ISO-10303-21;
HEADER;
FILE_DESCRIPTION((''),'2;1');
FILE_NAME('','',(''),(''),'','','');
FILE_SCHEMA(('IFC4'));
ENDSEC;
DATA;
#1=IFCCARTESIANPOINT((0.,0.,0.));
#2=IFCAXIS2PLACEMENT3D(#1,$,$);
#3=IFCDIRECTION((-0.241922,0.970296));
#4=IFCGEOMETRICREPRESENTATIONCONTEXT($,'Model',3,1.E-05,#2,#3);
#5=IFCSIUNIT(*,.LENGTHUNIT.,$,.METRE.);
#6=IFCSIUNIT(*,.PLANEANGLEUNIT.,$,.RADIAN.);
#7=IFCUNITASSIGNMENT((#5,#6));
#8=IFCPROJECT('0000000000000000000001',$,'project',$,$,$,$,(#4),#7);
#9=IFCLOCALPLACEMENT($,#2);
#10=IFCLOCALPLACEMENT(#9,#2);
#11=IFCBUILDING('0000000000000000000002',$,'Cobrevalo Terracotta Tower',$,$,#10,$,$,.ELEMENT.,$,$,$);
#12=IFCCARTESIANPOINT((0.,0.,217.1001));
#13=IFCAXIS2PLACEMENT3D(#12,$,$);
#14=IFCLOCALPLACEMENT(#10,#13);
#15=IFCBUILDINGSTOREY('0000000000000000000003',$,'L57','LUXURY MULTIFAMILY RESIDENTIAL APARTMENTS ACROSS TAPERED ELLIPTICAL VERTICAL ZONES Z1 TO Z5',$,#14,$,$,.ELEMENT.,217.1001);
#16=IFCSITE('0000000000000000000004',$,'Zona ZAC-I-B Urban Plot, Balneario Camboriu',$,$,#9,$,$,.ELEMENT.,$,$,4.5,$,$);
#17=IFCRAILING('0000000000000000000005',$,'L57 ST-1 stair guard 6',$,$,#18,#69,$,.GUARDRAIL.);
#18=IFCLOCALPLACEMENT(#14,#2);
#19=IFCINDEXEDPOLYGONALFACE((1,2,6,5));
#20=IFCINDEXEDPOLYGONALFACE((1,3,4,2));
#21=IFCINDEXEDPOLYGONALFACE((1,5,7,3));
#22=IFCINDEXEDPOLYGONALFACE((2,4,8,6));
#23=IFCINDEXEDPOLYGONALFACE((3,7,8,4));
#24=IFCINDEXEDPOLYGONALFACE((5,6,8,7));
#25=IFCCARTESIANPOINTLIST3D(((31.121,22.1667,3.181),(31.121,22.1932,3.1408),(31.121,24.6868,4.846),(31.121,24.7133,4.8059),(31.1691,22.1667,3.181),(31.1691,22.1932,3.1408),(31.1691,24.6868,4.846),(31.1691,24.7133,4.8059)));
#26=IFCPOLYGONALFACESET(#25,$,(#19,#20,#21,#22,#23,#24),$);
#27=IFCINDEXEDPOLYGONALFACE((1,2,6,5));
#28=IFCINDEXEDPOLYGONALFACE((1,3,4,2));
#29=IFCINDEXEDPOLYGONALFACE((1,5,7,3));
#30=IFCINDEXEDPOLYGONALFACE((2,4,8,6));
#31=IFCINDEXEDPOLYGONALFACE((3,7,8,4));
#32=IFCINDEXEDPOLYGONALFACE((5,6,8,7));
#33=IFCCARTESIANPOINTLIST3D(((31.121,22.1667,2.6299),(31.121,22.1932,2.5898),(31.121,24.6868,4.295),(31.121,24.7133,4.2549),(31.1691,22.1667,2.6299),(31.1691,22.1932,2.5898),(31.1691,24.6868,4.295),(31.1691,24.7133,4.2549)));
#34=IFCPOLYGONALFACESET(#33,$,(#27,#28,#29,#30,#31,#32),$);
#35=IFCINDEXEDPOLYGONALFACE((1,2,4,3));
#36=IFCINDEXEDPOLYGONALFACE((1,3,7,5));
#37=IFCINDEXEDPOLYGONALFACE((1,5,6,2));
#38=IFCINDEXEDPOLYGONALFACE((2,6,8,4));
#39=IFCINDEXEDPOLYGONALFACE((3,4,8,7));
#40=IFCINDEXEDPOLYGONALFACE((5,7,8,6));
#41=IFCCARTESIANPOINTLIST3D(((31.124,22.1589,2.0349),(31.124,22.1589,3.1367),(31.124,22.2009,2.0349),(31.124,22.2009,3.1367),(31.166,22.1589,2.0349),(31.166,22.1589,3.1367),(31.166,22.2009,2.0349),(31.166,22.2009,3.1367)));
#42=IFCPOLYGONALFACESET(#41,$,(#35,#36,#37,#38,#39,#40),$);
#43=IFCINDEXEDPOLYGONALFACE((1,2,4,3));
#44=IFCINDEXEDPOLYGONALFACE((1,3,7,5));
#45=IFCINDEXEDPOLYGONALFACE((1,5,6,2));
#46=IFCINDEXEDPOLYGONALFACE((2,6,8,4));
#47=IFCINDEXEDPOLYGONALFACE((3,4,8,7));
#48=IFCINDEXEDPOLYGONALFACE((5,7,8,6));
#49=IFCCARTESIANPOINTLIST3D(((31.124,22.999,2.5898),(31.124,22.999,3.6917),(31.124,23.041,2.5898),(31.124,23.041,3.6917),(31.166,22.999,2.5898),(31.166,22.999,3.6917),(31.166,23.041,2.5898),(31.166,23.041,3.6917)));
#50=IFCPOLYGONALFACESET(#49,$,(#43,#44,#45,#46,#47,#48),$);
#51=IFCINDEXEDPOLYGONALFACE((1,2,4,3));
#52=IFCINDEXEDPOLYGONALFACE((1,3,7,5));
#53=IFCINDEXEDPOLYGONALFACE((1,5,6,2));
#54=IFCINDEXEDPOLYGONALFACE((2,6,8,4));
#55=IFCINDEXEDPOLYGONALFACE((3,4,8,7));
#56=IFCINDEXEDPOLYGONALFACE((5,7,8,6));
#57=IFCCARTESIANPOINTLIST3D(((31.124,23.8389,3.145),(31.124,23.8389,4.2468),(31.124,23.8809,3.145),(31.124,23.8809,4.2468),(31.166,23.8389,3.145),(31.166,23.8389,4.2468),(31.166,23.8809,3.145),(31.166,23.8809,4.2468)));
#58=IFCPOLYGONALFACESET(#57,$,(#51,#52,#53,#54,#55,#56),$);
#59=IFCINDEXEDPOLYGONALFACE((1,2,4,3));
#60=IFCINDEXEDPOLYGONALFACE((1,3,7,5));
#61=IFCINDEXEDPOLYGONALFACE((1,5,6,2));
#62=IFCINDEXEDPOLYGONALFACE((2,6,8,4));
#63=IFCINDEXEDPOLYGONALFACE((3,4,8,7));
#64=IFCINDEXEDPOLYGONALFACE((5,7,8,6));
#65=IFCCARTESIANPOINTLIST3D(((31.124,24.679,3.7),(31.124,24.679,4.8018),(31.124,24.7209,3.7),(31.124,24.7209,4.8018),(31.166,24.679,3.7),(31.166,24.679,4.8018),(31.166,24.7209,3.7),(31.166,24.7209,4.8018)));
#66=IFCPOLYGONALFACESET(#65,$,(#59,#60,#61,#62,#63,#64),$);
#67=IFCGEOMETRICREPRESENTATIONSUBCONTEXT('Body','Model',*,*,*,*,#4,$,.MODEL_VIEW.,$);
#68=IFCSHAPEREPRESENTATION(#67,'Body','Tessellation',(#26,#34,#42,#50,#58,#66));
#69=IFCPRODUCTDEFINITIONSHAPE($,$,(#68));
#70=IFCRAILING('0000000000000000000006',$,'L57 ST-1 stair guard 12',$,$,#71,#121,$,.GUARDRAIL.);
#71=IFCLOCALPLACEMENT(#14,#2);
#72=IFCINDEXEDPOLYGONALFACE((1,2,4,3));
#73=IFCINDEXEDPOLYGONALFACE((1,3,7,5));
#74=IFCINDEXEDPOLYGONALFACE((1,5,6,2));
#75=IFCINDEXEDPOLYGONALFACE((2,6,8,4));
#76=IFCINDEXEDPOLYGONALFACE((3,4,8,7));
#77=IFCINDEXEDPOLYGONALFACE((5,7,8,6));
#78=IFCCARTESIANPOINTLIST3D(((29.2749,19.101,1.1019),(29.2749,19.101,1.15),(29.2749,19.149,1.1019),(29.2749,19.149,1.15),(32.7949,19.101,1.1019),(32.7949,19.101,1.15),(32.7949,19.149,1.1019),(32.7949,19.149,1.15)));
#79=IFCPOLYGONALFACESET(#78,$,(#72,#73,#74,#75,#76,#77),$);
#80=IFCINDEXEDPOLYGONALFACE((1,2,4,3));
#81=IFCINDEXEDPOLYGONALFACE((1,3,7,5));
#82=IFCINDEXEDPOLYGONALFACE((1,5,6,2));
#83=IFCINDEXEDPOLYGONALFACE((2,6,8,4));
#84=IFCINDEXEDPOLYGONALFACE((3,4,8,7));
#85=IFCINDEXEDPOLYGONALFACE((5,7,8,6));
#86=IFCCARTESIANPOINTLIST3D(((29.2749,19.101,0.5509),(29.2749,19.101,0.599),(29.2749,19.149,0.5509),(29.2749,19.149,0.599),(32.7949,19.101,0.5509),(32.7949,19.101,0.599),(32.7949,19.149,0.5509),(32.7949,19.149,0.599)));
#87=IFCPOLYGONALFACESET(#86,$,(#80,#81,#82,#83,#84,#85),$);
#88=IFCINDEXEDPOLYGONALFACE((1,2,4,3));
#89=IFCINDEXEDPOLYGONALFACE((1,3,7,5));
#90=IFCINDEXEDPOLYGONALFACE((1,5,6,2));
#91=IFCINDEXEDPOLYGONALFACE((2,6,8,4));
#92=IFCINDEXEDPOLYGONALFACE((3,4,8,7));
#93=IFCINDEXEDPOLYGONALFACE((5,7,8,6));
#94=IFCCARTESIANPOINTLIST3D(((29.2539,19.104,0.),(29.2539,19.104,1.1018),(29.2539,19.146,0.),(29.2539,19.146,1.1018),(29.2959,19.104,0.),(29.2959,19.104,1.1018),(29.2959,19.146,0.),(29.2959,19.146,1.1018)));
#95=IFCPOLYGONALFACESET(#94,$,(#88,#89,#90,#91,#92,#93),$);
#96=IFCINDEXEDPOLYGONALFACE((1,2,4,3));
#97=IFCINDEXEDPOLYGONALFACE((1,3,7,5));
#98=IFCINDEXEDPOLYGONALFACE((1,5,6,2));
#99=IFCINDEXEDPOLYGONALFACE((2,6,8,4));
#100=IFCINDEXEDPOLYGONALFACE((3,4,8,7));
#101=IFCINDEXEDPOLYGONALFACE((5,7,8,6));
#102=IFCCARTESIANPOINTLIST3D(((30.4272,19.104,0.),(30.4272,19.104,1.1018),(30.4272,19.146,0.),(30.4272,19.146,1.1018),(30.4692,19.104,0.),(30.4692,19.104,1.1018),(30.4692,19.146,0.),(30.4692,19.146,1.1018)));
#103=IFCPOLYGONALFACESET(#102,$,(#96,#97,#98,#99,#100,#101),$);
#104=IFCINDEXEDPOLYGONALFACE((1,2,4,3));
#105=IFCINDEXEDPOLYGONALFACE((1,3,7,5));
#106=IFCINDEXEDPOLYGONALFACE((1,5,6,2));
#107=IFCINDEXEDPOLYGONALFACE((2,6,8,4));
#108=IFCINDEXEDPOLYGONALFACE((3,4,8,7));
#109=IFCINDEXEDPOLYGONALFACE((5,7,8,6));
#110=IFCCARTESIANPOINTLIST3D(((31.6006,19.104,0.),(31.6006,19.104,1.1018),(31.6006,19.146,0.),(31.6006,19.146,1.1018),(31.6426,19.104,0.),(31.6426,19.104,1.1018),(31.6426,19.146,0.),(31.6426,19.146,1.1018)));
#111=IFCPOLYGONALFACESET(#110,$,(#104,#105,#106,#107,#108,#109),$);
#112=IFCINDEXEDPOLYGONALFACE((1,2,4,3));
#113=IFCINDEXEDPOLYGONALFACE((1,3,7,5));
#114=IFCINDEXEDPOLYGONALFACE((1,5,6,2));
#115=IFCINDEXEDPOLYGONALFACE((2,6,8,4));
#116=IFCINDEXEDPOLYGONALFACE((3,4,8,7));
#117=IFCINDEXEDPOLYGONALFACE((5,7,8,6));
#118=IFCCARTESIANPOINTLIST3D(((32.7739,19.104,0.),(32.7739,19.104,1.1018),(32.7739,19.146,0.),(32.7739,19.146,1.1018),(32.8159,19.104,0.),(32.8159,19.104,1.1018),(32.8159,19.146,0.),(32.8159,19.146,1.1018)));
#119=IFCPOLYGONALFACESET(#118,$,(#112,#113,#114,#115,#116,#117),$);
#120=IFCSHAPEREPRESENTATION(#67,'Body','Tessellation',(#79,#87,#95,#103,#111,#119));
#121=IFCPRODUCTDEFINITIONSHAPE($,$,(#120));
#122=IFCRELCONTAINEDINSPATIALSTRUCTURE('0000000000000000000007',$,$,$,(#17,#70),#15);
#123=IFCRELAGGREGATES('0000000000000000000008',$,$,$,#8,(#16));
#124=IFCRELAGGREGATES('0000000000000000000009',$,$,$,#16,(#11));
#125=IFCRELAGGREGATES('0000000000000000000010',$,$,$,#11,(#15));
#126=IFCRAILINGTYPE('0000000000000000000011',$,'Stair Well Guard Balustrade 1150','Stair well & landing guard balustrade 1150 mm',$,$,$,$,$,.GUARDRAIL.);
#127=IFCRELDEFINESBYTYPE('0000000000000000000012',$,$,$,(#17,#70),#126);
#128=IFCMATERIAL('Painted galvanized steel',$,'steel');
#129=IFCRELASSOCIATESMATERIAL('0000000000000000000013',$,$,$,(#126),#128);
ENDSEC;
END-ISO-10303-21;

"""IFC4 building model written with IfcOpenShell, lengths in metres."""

from ifc_helpers import new_model, si_unit, direction, frame, origin, origin_2d, place, context, subcontext, project, spatial, rectangle, extrude, material, type_object, element, save


model = new_model("IFC4")

# Units and contexts
model_context = context("Model", 3, precision=1e-05, world=origin(), true_north=direction((-0.241922, 0.970296)))
body_context = subcontext(model_context, "Body", "Model", "MODEL_VIEW")
ifc_project = project(units=[si_unit("LENGTHUNIT", "METRE"), si_unit("PLANEANGLEUNIT", "RADIAN")], contexts=[model_context])

# Site, building, storey
site_placement = place(None, origin())
site = spatial("IfcSite", under=ifc_project, at=site_placement, Name="Zona ZAC-I-B Urban Plot, Balneario Camboriu", CompositionType="ELEMENT", RefElevation=4.5)
building_placement = place(site_placement, origin())
building = spatial("IfcBuilding", under=site, at=building_placement, Name="Cobrevalo Terracotta Tower", CompositionType="ELEMENT")
storey_placement = place(building_placement, frame((0.0, 0.0, 217.1001)))
storey = spatial("IfcBuildingStorey", under=building, at=storey_placement, Name="L57", Description="LUXURY MULTIFAMILY RESIDENTIAL APARTMENTS ACROSS TAPERED ELLIPTICAL VERTICAL ZONES Z1 TO Z5", CompositionType="ELEMENT", Elevation=217.1001)

# Railings
ifc_material_1 = material(Name="Painted galvanized steel", Category="steel")
railing_type_1 = type_object("IfcRailingType", Name="Stair Well Guard Balustrade 1150", Description="Stair well & landing guard balustrade 1150 mm", PredefinedType="GUARDRAIL", material=ifc_material_1)
railing_1_placement = place(storey_placement, frame((31.145, 22.1799, 2.0349)))
element("IfcRailing", 1, at=railing_1_placement, inside=storey, type_object=railing_type_1, Name="L57 ST-1 stair guard 6", PredefinedType="GUARDRAIL", context=body_context, shape_type="SweptSolid", body=[
    extrude(rectangle(XDim=0.0481, YDim=0.0481, at=origin_2d()), frame((0.0, 0.0, 1.126), z_axis=(0.0, 0.834331, 0.551263), x_axis=(-1.0, 0.0, 0.0)), (0.0, 0.0, 1.0), 3.0205),
    extrude(rectangle(XDim=0.0481, YDim=0.0481, at=origin_2d()), frame((0.0, 0.0, 0.575), z_axis=(0.0, 0.834331, 0.551263), x_axis=(-1.0, 0.0, 0.0)), (0.0, 0.0, 1.0), 3.0205),
    extrude(rectangle(XDim=0.042, YDim=0.042, at=origin_2d()), origin(), (0.0, 0.0, 1.0), 1.1018),
    extrude(rectangle(XDim=0.042, YDim=0.042, at=origin_2d()), frame((0.0, 0.8401, 0.5549)), (0.0, 0.0, 1.0), 1.1018),
    extrude(rectangle(XDim=0.042, YDim=0.042, at=origin_2d()), frame((0.0, 1.6799, 1.1101)), (0.0, 0.0, 1.0), 1.1018),
    extrude(rectangle(XDim=0.042, YDim=0.042, at=origin_2d()), frame((0.0, 2.52, 1.665)), (0.0, 0.0, 1.0), 1.1018),
])
railing_2_placement = place(storey_placement, frame((29.2749, 19.125, 0.0)))
element("IfcRailing", 2, at=railing_2_placement, inside=storey, type_object=railing_type_1, Name="L57 ST-1 stair guard 12", PredefinedType="GUARDRAIL", context=body_context, shape_type="SweptSolid", body=[
    extrude(rectangle(XDim=0.0481, YDim=0.0481, at=origin_2d()), frame((0.0, 0.0, 1.126), z_axis=(1.0, 0.0, 0.0), x_axis=(0.0, 1.0, 0.0)), (0.0, 0.0, 1.0), 3.52),
    extrude(rectangle(XDim=0.0481, YDim=0.0481, at=origin_2d()), frame((0.0, 0.0, 0.575), z_axis=(1.0, 0.0, 0.0), x_axis=(0.0, 1.0, 0.0)), (0.0, 0.0, 1.0), 3.52),
    extrude(rectangle(XDim=0.042, YDim=0.042, at=origin_2d()), origin(), (0.0, 0.0, 1.0), 1.1018),
    extrude(rectangle(XDim=0.042, YDim=0.042, at=origin_2d()), frame((1.1733, 0.0, 0.0)), (0.0, 0.0, 1.0), 1.1018),
    extrude(rectangle(XDim=0.042, YDim=0.042, at=origin_2d()), frame((2.3467, 0.0, 0.0)), (0.0, 0.0, 1.0), 1.1018),
    extrude(rectangle(XDim=0.042, YDim=0.042, at=origin_2d()), frame((3.52, 0.0, 0.0)), (0.0, 0.0, 1.0), 1.1018),
])

save(model, "model.ifc")
